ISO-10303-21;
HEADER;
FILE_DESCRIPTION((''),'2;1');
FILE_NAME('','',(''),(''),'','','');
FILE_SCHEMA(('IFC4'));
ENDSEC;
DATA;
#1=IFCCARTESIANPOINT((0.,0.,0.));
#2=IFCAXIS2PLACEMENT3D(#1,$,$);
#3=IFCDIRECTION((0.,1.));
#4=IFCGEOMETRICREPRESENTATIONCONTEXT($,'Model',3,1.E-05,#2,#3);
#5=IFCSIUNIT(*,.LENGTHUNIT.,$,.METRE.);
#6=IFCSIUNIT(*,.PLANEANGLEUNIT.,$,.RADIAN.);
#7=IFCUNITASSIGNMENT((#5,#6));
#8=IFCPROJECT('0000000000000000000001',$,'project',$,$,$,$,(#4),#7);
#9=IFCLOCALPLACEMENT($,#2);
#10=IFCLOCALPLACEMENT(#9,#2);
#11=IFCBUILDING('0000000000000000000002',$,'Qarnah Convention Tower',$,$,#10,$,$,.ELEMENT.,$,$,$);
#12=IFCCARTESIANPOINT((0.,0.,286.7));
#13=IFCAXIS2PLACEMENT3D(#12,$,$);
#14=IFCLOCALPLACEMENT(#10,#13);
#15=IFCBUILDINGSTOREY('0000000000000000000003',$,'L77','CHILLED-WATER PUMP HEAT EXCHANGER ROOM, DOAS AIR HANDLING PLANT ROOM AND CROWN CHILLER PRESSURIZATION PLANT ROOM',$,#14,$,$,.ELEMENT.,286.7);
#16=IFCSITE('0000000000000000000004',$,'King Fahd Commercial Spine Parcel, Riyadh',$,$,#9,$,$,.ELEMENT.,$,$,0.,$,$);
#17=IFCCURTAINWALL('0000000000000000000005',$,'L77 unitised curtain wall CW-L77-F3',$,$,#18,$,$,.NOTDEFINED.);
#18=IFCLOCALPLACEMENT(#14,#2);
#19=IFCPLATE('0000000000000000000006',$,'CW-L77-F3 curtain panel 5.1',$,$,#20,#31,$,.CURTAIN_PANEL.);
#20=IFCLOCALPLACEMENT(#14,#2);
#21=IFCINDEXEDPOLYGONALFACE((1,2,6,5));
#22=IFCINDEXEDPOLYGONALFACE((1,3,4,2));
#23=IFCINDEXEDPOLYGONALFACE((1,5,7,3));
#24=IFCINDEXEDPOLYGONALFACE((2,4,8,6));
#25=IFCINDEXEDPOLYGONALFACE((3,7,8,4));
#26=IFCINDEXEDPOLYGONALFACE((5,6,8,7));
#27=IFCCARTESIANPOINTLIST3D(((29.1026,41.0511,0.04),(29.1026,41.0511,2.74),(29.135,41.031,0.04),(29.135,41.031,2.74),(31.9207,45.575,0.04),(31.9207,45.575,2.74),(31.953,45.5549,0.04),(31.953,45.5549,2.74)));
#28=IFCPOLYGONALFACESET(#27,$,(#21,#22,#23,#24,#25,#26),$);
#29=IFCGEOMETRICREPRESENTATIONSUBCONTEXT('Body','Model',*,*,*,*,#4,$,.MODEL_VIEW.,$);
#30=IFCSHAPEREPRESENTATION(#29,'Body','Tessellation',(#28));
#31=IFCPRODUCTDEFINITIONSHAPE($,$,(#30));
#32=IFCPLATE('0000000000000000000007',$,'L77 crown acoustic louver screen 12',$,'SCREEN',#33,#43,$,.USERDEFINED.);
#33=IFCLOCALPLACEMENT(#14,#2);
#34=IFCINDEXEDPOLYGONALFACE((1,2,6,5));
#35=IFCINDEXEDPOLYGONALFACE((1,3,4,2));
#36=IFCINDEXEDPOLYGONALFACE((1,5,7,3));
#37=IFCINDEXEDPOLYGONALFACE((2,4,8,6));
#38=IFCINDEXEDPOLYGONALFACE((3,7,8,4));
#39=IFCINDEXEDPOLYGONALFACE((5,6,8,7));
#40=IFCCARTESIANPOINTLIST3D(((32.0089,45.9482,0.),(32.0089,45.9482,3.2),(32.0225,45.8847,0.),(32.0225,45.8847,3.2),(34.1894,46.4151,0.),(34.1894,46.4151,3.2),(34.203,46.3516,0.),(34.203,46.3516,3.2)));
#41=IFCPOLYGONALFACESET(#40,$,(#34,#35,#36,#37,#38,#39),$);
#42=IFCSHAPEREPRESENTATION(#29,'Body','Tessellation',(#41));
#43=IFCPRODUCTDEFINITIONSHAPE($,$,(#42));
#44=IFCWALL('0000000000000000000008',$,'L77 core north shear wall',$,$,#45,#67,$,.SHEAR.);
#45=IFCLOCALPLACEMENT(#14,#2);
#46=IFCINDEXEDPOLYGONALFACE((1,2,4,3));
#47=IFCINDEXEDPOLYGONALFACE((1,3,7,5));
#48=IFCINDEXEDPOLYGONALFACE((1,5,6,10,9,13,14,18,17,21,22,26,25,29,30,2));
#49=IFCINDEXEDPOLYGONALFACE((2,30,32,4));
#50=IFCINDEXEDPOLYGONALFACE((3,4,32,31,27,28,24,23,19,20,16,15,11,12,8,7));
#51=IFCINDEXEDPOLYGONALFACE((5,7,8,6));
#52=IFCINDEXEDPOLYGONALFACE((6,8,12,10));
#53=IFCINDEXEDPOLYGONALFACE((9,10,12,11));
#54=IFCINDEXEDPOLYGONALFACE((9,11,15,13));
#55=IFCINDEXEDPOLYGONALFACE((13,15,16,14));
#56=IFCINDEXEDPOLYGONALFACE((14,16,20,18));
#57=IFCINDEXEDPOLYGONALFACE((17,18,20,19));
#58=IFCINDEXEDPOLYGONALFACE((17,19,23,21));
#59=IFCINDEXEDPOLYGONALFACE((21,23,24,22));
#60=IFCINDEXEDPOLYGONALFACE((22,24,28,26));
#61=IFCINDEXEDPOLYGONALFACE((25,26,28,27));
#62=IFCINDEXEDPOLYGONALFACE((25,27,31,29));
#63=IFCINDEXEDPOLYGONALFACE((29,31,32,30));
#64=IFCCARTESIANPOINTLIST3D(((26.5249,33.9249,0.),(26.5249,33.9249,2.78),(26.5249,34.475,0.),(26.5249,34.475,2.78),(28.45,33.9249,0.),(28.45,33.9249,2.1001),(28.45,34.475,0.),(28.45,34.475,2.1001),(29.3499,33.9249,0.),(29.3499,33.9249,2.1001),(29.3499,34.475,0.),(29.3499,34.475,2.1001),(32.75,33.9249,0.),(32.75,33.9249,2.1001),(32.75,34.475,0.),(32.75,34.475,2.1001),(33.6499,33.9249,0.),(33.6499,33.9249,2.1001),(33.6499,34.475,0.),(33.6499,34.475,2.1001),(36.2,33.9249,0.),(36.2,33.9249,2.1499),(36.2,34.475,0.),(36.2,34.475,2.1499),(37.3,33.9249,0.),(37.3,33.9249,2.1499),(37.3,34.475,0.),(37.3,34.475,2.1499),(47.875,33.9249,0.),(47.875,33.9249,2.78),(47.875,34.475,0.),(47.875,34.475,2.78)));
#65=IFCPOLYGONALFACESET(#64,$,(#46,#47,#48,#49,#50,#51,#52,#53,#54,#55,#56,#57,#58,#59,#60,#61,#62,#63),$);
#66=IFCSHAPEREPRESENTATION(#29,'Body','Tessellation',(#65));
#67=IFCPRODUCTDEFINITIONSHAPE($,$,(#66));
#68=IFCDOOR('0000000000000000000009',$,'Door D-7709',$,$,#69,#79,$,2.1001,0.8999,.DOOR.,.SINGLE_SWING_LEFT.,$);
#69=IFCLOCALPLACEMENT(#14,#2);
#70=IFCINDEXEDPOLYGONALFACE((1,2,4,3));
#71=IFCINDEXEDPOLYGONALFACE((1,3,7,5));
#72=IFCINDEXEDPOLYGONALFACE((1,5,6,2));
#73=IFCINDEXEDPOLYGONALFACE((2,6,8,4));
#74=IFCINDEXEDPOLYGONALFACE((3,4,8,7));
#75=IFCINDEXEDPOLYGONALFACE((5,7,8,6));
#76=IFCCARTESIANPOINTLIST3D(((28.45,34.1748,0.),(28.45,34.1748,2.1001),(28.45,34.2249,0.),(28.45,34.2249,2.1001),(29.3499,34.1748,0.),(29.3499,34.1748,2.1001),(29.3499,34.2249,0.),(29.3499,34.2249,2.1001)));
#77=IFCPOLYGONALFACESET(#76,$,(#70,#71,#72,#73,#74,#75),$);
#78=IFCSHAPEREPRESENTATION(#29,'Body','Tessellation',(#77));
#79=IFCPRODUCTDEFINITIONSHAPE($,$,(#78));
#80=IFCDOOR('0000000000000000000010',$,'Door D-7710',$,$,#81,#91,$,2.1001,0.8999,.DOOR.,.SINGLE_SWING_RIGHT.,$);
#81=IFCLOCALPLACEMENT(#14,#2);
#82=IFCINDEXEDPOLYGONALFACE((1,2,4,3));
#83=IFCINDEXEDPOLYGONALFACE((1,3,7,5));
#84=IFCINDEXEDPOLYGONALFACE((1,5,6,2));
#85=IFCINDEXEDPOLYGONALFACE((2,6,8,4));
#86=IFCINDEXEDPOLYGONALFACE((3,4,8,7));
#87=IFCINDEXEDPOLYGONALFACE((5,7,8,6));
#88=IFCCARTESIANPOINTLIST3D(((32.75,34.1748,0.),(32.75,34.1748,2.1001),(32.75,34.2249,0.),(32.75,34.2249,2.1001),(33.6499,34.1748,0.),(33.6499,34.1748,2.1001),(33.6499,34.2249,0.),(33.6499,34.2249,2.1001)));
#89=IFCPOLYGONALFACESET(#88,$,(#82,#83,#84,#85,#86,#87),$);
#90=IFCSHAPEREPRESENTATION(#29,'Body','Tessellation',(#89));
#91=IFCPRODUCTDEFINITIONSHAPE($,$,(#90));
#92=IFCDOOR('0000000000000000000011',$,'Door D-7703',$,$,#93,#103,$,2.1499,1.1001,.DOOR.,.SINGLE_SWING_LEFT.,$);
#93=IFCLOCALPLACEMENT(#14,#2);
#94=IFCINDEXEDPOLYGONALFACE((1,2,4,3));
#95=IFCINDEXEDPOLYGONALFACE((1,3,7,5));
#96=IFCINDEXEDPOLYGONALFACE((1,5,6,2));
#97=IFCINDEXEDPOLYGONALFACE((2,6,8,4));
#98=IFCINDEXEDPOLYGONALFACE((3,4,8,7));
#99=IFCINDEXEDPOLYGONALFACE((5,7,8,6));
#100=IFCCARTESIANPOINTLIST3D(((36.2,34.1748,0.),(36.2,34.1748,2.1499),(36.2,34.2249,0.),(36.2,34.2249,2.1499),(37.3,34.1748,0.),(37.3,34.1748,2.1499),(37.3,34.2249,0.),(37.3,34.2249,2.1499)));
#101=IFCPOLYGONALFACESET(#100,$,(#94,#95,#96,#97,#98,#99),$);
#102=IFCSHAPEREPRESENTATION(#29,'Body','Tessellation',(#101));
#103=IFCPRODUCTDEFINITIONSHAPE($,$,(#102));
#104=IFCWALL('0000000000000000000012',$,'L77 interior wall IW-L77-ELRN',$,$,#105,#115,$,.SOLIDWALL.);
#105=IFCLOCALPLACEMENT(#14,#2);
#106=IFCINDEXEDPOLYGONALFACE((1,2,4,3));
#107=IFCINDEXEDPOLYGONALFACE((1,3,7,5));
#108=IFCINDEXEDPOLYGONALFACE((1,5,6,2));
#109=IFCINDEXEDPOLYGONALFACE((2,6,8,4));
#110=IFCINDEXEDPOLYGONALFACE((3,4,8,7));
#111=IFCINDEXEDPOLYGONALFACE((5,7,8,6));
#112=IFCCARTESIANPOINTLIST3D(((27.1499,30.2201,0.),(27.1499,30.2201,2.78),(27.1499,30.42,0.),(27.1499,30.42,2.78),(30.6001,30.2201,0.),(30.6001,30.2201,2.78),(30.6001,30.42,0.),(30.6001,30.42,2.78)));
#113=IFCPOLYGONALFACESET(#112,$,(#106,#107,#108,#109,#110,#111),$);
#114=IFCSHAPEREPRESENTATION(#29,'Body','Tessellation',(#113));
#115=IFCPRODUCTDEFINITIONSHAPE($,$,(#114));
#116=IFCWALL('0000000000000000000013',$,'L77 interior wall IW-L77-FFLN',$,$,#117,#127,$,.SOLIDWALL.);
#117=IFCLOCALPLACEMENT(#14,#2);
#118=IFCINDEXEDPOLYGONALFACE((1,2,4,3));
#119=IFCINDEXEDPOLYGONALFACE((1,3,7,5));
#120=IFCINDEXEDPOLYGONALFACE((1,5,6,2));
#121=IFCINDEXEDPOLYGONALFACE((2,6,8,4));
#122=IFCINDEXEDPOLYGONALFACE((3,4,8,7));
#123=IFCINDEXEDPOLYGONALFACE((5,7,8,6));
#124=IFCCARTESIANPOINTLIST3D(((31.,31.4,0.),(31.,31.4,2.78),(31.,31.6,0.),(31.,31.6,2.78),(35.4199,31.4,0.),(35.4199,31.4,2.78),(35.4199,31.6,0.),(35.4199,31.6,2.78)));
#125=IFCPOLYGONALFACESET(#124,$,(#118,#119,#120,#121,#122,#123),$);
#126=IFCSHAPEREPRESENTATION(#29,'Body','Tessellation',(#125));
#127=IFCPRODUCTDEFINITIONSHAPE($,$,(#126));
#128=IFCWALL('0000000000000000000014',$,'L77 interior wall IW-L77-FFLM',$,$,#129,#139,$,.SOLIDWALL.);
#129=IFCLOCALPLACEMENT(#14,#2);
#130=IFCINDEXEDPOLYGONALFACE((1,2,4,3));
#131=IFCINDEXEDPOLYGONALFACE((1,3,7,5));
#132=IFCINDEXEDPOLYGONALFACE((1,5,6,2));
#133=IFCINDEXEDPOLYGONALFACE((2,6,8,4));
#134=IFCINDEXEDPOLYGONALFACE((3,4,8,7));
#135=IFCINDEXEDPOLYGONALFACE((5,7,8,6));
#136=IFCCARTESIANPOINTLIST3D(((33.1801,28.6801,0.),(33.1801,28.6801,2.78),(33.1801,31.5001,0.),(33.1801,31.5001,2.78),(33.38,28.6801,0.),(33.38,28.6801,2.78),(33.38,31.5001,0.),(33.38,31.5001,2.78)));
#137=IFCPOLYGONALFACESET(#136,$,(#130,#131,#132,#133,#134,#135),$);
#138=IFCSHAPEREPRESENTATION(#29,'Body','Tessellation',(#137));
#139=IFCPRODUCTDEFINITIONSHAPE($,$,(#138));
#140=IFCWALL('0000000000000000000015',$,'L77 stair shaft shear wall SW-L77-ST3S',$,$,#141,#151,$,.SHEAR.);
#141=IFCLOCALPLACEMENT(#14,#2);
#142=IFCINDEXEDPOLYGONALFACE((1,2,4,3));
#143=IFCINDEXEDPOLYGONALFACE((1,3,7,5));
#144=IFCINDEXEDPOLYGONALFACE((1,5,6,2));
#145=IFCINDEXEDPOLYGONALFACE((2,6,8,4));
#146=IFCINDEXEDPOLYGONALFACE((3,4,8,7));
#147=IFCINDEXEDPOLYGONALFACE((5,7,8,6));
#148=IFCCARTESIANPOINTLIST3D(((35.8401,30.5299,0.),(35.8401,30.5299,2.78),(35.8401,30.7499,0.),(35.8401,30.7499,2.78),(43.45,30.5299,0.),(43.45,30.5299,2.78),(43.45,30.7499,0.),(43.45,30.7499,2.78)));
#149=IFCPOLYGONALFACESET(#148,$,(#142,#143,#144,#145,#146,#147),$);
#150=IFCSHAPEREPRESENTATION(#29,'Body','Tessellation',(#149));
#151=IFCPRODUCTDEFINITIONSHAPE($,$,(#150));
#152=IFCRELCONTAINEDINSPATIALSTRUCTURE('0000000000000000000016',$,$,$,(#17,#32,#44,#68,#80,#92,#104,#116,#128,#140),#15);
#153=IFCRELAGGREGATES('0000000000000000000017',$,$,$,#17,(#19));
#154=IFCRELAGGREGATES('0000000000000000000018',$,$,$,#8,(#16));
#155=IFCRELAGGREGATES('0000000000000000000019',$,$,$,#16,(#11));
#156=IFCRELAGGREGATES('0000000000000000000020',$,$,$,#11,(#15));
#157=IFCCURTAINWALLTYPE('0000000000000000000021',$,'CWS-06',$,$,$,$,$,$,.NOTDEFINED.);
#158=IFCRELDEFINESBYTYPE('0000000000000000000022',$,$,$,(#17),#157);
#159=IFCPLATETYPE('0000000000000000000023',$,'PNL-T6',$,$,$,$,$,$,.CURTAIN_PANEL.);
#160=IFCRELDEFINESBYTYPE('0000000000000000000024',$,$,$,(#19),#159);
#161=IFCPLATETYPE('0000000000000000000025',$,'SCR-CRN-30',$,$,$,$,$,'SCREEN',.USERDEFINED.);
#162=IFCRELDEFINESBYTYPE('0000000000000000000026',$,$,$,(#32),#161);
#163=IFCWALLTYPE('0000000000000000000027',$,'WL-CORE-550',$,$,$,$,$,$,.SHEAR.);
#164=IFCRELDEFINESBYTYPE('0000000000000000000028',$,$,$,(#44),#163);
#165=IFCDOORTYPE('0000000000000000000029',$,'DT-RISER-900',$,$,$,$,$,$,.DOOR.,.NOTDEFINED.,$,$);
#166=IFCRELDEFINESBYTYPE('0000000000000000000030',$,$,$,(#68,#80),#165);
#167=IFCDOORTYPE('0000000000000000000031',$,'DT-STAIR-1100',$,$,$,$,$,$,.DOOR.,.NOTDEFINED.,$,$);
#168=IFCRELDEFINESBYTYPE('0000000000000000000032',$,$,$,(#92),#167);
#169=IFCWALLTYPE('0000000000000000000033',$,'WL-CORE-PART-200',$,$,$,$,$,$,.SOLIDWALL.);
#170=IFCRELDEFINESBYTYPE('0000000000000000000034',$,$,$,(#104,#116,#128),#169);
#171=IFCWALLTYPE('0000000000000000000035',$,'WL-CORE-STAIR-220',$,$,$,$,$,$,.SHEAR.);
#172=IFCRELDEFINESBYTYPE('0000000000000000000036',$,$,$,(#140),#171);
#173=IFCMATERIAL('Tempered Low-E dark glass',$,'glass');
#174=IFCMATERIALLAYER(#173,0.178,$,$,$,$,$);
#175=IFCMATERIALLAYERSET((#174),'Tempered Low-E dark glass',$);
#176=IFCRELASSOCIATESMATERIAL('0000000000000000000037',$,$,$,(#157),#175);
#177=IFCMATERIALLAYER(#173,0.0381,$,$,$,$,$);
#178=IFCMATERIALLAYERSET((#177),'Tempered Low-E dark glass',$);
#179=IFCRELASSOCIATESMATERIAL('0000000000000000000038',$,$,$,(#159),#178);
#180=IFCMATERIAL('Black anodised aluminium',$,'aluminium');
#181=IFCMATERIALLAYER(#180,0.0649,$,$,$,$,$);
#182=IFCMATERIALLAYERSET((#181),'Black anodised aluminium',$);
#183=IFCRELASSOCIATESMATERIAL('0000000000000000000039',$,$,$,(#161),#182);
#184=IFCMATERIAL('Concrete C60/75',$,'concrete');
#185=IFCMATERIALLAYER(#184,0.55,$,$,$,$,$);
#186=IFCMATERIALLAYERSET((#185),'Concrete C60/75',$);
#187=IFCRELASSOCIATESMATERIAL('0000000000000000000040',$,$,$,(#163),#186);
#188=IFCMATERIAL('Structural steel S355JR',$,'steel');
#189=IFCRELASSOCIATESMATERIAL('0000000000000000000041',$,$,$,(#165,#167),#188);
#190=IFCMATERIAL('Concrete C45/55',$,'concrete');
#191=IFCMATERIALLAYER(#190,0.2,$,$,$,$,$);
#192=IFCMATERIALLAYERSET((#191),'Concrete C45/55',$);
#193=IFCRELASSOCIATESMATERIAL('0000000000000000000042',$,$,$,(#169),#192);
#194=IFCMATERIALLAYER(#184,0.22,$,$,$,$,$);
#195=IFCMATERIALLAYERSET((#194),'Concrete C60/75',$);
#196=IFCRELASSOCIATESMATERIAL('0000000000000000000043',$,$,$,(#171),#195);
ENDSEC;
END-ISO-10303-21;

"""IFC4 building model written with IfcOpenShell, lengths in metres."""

from ifc_helpers import new_model, si_unit, direction, frame, frame_2d, origin, origin_2d, place, context, subcontext, project, spatial, rectangle, extrude, material, layer, layer_set, type_object, element, fill, aggregate, save


model = new_model("IFC4")

# Units and contexts
model_context = context("Model", 3, precision=1e-05, world=origin(), true_north=direction((0.0, 1.0)))
body_context = subcontext(model_context, "Body", "Model", "MODEL_VIEW")
ifc_project = project(units=[si_unit("LENGTHUNIT", "METRE"), si_unit("PLANEANGLEUNIT", "RADIAN")], contexts=[model_context])

# Site, building, storey
site_placement = place(None, origin())
site = spatial("IfcSite", under=ifc_project, at=site_placement, Name="King Fahd Commercial Spine Parcel, Riyadh", CompositionType="ELEMENT", RefElevation=0.0)
building_placement = place(site_placement, origin())
building = spatial("IfcBuilding", under=site, at=building_placement, Name="Qarnah Convention Tower", CompositionType="ELEMENT")
storey_placement = place(building_placement, frame((0.0, 0.0, 286.7)))
storey = spatial("IfcBuildingStorey", under=building, at=storey_placement, Name="L77", Description="CHILLED-WATER PUMP HEAT EXCHANGER ROOM, DOAS AIR HANDLING PLANT ROOM AND CROWN CHILLER PRESSURIZATION PLANT ROOM", CompositionType="ELEMENT", Elevation=286.7)

# Shared definitions
ifc_material_1 = material(Name="Structural steel S355JR", Category="steel")

# Curtain wall, plate
ifc_material_2 = material(Name="Tempered Low-E dark glass", Category="glass")
ifc_layer_1 = layer(ifc_material_2, 0.178)
ifc_layer_set_1 = layer_set([ifc_layer_1], Name="Tempered Low-E dark glass")
curtain_wall_type = type_object("IfcCurtainWallType", Name="CWS-06", PredefinedType="NOTDEFINED", material=ifc_layer_set_1)
curtain_wall_placement = place(storey_placement, origin())
curtain_wall = element("IfcCurtainWall", 1, at=curtain_wall_placement, inside=storey, type_object=curtain_wall_type, Name="L77 unitised curtain wall CW-L77-F3", PredefinedType="NOTDEFINED")
ifc_material_3 = material(Name="Black anodised aluminium", Category="aluminium")
ifc_layer_2 = layer(ifc_material_2, 0.0381)
ifc_layer_set_2 = layer_set([ifc_layer_2], Name="Tempered Low-E dark glass")
plate_type_1 = type_object("IfcPlateType", Name="PNL-T6", PredefinedType="CURTAIN_PANEL", material=ifc_layer_set_2)
plate_1_placement = place(storey_placement, frame((30.5278, 43.303, 0.04), z_axis=(0.0, 0.0, 1.0), x_axis=(0.528739, 0.848785, 0.0)))
plate_1 = element("IfcPlate", 2, at=plate_1_placement, type_object=plate_type_1, Name="CW-L77-F3 curtain panel 5.1", PredefinedType="CURTAIN_PANEL", context=body_context, shape_type="SweptSolid", body=[
    extrude(rectangle(XDim=5.3298, YDim=0.0381, at=origin_2d()), origin(), (0.0, 0.0, 1.0), 2.7),
])
aggregate(curtain_wall, [plate_1])

# Plate
ifc_layer_3 = layer(ifc_material_3, 0.0649)
ifc_layer_set_3 = layer_set([ifc_layer_3], Name="Black anodised aluminium")
plate_type_2 = type_object("IfcPlateType", Name="SCR-CRN-30", ElementType="SCREEN", PredefinedType="USERDEFINED", material=ifc_layer_set_3)
plate_2_placement = place(storey_placement, frame((33.106, 46.1499, 0.0), z_axis=(0.0, 0.0, 1.0), x_axis=(0.977835, 0.209376, 0.0)))
element("IfcPlate", 3, at=plate_2_placement, inside=storey, type_object=plate_type_2, Name="L77 crown acoustic louver screen 12", ObjectType="SCREEN", PredefinedType="USERDEFINED", context=body_context, shape_type="SweptSolid", body=[
    extrude(rectangle(XDim=2.23, YDim=0.0649, at=origin_2d()), origin(), (0.0, 0.0, 1.0), 3.2),
])

# Wall, openings, doors
ifc_material_4 = material(Name="Concrete C60/75", Category="concrete")
ifc_layer_4 = layer(ifc_material_4, 0.55)
ifc_layer_set_4 = layer_set([ifc_layer_4], Name="Concrete C60/75")
wall_type_1 = type_object("IfcWallType", Name="WL-CORE-550", PredefinedType="SHEAR", material=ifc_layer_set_4)
wall_1_placement = place(storey_placement, frame((26.5249, 34.2, 0.0), z_axis=(0.0, 0.0, 1.0), x_axis=(1.0, 0.0, 0.0)))
wall_1 = element("IfcWall", 4, at=wall_1_placement, inside=storey, type_object=wall_type_1, Name="L77 core north shear wall", PredefinedType="SHEAR", context=body_context, shape_type="SweptSolid", body=[
    extrude(rectangle(XDim=21.3501, YDim=0.55, at=frame_2d((10.675, 0.0))), origin(), (0.0, 0.0, 1.0), 2.78),
])
opening_1_placement = place(wall_1_placement, frame((9.675, 0.0, 0.0)))
opening_1 = element("IfcOpeningElement", 5, at=opening_1_placement, cuts=wall_1, PredefinedType="OPENING", context=body_context, shape_type="SweptSolid", body=[
    extrude(rectangle(XDim=1.1001, YDim=2.1499, at=frame_2d((0.55, 1.075))), frame((0.0, 0.2849, 0.0), z_axis=(0.0, -1.0, 0.0), x_axis=(1.0, 0.0, 0.0)), (0.0, 0.0, 1.0), 0.5701),
])
opening_2_placement = place(wall_1_placement, frame((1.925, 0.0, 0.0)))
opening_2 = element("IfcOpeningElement", 6, at=opening_2_placement, cuts=wall_1, PredefinedType="OPENING", context=body_context, shape_type="SweptSolid", body=[
    extrude(rectangle(XDim=0.8999, YDim=2.1001, at=frame_2d((0.45, 1.05))), frame((0.0, 0.2849, 0.0), z_axis=(0.0, -1.0, 0.0), x_axis=(1.0, 0.0, 0.0)), (0.0, 0.0, 1.0), 0.5701),
])
opening_3_placement = place(wall_1_placement, frame((6.2251, 0.0, 0.0)))
opening_3 = element("IfcOpeningElement", 7, at=opening_3_placement, cuts=wall_1, PredefinedType="OPENING", context=body_context, shape_type="SweptSolid", body=[
    extrude(rectangle(XDim=0.8999, YDim=2.1001, at=frame_2d((0.45, 1.05))), frame((0.0, 0.2849, 0.0), z_axis=(0.0, -1.0, 0.0), x_axis=(1.0, 0.0, 0.0)), (0.0, 0.0, 1.0), 0.5701),
])
door_type_1 = type_object("IfcDoorType", Name="DT-RISER-900", OperationType="NOTDEFINED", PredefinedType="DOOR", material=ifc_material_1)
door_1_placement = place(opening_2_placement, origin())
door_1 = element("IfcDoor", 8, at=door_1_placement, inside=storey, type_object=door_type_1, Name="Door D-7709", OperationType="SINGLE_SWING_LEFT", OverallHeight=2.1001, OverallWidth=0.8999, PredefinedType="DOOR", context=body_context, shape_type="SweptSolid", body=[
    extrude(rectangle(XDim=0.8999, YDim=2.1001, at=frame_2d((0.45, 1.05))), frame((0.0, 0.0249, 0.0), z_axis=(0.0, -1.0, 0.0), x_axis=(1.0, 0.0, 0.0)), (0.0, 0.0, 1.0), 0.05),
])
fill(opening_2, door_1)
door_2_placement = place(opening_3_placement, origin())
door_2 = element("IfcDoor", 9, at=door_2_placement, inside=storey, type_object=door_type_1, Name="Door D-7710", OperationType="SINGLE_SWING_RIGHT", OverallHeight=2.1001, OverallWidth=0.8999, PredefinedType="DOOR", context=body_context, shape_type="SweptSolid", body=[
    extrude(rectangle(XDim=0.8999, YDim=2.1001, at=frame_2d((0.45, 1.05))), frame((0.0, 0.0249, 0.0), z_axis=(0.0, -1.0, 0.0), x_axis=(1.0, 0.0, 0.0)), (0.0, 0.0, 1.0), 0.05),
])
fill(opening_3, door_2)
door_type_2 = type_object("IfcDoorType", Name="DT-STAIR-1100", OperationType="NOTDEFINED", PredefinedType="DOOR", material=ifc_material_1)
door_3_placement = place(opening_1_placement, origin())
door_3 = element("IfcDoor", 10, at=door_3_placement, inside=storey, type_object=door_type_2, Name="Door D-7703", OperationType="SINGLE_SWING_LEFT", OverallHeight=2.1499, OverallWidth=1.1001, PredefinedType="DOOR", context=body_context, shape_type="SweptSolid", body=[
    extrude(rectangle(XDim=1.1001, YDim=2.1499, at=frame_2d((0.55, 1.075))), frame((0.0, 0.0249, 0.0), z_axis=(0.0, -1.0, 0.0), x_axis=(1.0, 0.0, 0.0)), (0.0, 0.0, 1.0), 0.05),
])
fill(opening_1, door_3)

# Walls
ifc_material_5 = material(Name="Concrete C45/55", Category="concrete")
ifc_layer_5 = layer(ifc_material_5, 0.2)
ifc_layer_set_5 = layer_set([ifc_layer_5], Name="Concrete C45/55")
wall_type_2 = type_object("IfcWallType", Name="WL-CORE-PART-200", PredefinedType="SOLIDWALL", material=ifc_layer_set_5)
wall_2_placement = place(storey_placement, frame((27.1499, 30.3201, 0.0), z_axis=(0.0, 0.0, 1.0), x_axis=(1.0, 0.0, 0.0)))
element("IfcWall", 11, at=wall_2_placement, inside=storey, type_object=wall_type_2, Name="L77 interior wall IW-L77-ELRN", PredefinedType="SOLIDWALL", context=body_context, shape_type="SweptSolid", body=[
    extrude(rectangle(XDim=3.4502, YDim=0.2, at=frame_2d((1.7251, 0.0))), origin(), (0.0, 0.0, 1.0), 2.78),
])
wall_3_placement = place(storey_placement, frame((31.0, 31.5, 0.0), z_axis=(0.0, 0.0, 1.0), x_axis=(1.0, 0.0, 0.0)))
element("IfcWall", 12, at=wall_3_placement, inside=storey, type_object=wall_type_2, Name="L77 interior wall IW-L77-FFLN", PredefinedType="SOLIDWALL", context=body_context, shape_type="SweptSolid", body=[
    extrude(rectangle(XDim=4.4199, YDim=0.2, at=frame_2d((2.21, 0.0))), origin(), (0.0, 0.0, 1.0), 2.78),
])
wall_4_placement = place(storey_placement, frame((33.28, 28.6799, 0.0), z_axis=(0.0, 0.0, 1.0), x_axis=(0.0, 1.0, 0.0)))
element("IfcWall", 13, at=wall_4_placement, inside=storey, type_object=wall_type_2, Name="L77 interior wall IW-L77-FFLM", PredefinedType="SOLIDWALL", context=body_context, shape_type="SweptSolid", body=[
    extrude(rectangle(XDim=2.8201, YDim=0.2, at=frame_2d((1.4102, 0.0))), origin(), (0.0, 0.0, 1.0), 2.78),
])
ifc_layer_6 = layer(ifc_material_4, 0.22)
ifc_layer_set_6 = layer_set([ifc_layer_6], Name="Concrete C60/75")
wall_type_3 = type_object("IfcWallType", Name="WL-CORE-STAIR-220", PredefinedType="SHEAR", material=ifc_layer_set_6)
wall_5_placement = place(storey_placement, frame((35.8401, 30.6399, 0.0), z_axis=(0.0, 0.0, 1.0), x_axis=(1.0, 0.0, 0.0)))
element("IfcWall", 14, at=wall_5_placement, inside=storey, type_object=wall_type_3, Name="L77 stair shaft shear wall SW-L77-ST3S", PredefinedType="SHEAR", context=body_context, shape_type="SweptSolid", body=[
    extrude(rectangle(XDim=7.6099, YDim=0.22, at=frame_2d((3.8049, 0.0))), origin(), (0.0, 0.0, 1.0), 2.78),
])

save(model, "model.ifc")
